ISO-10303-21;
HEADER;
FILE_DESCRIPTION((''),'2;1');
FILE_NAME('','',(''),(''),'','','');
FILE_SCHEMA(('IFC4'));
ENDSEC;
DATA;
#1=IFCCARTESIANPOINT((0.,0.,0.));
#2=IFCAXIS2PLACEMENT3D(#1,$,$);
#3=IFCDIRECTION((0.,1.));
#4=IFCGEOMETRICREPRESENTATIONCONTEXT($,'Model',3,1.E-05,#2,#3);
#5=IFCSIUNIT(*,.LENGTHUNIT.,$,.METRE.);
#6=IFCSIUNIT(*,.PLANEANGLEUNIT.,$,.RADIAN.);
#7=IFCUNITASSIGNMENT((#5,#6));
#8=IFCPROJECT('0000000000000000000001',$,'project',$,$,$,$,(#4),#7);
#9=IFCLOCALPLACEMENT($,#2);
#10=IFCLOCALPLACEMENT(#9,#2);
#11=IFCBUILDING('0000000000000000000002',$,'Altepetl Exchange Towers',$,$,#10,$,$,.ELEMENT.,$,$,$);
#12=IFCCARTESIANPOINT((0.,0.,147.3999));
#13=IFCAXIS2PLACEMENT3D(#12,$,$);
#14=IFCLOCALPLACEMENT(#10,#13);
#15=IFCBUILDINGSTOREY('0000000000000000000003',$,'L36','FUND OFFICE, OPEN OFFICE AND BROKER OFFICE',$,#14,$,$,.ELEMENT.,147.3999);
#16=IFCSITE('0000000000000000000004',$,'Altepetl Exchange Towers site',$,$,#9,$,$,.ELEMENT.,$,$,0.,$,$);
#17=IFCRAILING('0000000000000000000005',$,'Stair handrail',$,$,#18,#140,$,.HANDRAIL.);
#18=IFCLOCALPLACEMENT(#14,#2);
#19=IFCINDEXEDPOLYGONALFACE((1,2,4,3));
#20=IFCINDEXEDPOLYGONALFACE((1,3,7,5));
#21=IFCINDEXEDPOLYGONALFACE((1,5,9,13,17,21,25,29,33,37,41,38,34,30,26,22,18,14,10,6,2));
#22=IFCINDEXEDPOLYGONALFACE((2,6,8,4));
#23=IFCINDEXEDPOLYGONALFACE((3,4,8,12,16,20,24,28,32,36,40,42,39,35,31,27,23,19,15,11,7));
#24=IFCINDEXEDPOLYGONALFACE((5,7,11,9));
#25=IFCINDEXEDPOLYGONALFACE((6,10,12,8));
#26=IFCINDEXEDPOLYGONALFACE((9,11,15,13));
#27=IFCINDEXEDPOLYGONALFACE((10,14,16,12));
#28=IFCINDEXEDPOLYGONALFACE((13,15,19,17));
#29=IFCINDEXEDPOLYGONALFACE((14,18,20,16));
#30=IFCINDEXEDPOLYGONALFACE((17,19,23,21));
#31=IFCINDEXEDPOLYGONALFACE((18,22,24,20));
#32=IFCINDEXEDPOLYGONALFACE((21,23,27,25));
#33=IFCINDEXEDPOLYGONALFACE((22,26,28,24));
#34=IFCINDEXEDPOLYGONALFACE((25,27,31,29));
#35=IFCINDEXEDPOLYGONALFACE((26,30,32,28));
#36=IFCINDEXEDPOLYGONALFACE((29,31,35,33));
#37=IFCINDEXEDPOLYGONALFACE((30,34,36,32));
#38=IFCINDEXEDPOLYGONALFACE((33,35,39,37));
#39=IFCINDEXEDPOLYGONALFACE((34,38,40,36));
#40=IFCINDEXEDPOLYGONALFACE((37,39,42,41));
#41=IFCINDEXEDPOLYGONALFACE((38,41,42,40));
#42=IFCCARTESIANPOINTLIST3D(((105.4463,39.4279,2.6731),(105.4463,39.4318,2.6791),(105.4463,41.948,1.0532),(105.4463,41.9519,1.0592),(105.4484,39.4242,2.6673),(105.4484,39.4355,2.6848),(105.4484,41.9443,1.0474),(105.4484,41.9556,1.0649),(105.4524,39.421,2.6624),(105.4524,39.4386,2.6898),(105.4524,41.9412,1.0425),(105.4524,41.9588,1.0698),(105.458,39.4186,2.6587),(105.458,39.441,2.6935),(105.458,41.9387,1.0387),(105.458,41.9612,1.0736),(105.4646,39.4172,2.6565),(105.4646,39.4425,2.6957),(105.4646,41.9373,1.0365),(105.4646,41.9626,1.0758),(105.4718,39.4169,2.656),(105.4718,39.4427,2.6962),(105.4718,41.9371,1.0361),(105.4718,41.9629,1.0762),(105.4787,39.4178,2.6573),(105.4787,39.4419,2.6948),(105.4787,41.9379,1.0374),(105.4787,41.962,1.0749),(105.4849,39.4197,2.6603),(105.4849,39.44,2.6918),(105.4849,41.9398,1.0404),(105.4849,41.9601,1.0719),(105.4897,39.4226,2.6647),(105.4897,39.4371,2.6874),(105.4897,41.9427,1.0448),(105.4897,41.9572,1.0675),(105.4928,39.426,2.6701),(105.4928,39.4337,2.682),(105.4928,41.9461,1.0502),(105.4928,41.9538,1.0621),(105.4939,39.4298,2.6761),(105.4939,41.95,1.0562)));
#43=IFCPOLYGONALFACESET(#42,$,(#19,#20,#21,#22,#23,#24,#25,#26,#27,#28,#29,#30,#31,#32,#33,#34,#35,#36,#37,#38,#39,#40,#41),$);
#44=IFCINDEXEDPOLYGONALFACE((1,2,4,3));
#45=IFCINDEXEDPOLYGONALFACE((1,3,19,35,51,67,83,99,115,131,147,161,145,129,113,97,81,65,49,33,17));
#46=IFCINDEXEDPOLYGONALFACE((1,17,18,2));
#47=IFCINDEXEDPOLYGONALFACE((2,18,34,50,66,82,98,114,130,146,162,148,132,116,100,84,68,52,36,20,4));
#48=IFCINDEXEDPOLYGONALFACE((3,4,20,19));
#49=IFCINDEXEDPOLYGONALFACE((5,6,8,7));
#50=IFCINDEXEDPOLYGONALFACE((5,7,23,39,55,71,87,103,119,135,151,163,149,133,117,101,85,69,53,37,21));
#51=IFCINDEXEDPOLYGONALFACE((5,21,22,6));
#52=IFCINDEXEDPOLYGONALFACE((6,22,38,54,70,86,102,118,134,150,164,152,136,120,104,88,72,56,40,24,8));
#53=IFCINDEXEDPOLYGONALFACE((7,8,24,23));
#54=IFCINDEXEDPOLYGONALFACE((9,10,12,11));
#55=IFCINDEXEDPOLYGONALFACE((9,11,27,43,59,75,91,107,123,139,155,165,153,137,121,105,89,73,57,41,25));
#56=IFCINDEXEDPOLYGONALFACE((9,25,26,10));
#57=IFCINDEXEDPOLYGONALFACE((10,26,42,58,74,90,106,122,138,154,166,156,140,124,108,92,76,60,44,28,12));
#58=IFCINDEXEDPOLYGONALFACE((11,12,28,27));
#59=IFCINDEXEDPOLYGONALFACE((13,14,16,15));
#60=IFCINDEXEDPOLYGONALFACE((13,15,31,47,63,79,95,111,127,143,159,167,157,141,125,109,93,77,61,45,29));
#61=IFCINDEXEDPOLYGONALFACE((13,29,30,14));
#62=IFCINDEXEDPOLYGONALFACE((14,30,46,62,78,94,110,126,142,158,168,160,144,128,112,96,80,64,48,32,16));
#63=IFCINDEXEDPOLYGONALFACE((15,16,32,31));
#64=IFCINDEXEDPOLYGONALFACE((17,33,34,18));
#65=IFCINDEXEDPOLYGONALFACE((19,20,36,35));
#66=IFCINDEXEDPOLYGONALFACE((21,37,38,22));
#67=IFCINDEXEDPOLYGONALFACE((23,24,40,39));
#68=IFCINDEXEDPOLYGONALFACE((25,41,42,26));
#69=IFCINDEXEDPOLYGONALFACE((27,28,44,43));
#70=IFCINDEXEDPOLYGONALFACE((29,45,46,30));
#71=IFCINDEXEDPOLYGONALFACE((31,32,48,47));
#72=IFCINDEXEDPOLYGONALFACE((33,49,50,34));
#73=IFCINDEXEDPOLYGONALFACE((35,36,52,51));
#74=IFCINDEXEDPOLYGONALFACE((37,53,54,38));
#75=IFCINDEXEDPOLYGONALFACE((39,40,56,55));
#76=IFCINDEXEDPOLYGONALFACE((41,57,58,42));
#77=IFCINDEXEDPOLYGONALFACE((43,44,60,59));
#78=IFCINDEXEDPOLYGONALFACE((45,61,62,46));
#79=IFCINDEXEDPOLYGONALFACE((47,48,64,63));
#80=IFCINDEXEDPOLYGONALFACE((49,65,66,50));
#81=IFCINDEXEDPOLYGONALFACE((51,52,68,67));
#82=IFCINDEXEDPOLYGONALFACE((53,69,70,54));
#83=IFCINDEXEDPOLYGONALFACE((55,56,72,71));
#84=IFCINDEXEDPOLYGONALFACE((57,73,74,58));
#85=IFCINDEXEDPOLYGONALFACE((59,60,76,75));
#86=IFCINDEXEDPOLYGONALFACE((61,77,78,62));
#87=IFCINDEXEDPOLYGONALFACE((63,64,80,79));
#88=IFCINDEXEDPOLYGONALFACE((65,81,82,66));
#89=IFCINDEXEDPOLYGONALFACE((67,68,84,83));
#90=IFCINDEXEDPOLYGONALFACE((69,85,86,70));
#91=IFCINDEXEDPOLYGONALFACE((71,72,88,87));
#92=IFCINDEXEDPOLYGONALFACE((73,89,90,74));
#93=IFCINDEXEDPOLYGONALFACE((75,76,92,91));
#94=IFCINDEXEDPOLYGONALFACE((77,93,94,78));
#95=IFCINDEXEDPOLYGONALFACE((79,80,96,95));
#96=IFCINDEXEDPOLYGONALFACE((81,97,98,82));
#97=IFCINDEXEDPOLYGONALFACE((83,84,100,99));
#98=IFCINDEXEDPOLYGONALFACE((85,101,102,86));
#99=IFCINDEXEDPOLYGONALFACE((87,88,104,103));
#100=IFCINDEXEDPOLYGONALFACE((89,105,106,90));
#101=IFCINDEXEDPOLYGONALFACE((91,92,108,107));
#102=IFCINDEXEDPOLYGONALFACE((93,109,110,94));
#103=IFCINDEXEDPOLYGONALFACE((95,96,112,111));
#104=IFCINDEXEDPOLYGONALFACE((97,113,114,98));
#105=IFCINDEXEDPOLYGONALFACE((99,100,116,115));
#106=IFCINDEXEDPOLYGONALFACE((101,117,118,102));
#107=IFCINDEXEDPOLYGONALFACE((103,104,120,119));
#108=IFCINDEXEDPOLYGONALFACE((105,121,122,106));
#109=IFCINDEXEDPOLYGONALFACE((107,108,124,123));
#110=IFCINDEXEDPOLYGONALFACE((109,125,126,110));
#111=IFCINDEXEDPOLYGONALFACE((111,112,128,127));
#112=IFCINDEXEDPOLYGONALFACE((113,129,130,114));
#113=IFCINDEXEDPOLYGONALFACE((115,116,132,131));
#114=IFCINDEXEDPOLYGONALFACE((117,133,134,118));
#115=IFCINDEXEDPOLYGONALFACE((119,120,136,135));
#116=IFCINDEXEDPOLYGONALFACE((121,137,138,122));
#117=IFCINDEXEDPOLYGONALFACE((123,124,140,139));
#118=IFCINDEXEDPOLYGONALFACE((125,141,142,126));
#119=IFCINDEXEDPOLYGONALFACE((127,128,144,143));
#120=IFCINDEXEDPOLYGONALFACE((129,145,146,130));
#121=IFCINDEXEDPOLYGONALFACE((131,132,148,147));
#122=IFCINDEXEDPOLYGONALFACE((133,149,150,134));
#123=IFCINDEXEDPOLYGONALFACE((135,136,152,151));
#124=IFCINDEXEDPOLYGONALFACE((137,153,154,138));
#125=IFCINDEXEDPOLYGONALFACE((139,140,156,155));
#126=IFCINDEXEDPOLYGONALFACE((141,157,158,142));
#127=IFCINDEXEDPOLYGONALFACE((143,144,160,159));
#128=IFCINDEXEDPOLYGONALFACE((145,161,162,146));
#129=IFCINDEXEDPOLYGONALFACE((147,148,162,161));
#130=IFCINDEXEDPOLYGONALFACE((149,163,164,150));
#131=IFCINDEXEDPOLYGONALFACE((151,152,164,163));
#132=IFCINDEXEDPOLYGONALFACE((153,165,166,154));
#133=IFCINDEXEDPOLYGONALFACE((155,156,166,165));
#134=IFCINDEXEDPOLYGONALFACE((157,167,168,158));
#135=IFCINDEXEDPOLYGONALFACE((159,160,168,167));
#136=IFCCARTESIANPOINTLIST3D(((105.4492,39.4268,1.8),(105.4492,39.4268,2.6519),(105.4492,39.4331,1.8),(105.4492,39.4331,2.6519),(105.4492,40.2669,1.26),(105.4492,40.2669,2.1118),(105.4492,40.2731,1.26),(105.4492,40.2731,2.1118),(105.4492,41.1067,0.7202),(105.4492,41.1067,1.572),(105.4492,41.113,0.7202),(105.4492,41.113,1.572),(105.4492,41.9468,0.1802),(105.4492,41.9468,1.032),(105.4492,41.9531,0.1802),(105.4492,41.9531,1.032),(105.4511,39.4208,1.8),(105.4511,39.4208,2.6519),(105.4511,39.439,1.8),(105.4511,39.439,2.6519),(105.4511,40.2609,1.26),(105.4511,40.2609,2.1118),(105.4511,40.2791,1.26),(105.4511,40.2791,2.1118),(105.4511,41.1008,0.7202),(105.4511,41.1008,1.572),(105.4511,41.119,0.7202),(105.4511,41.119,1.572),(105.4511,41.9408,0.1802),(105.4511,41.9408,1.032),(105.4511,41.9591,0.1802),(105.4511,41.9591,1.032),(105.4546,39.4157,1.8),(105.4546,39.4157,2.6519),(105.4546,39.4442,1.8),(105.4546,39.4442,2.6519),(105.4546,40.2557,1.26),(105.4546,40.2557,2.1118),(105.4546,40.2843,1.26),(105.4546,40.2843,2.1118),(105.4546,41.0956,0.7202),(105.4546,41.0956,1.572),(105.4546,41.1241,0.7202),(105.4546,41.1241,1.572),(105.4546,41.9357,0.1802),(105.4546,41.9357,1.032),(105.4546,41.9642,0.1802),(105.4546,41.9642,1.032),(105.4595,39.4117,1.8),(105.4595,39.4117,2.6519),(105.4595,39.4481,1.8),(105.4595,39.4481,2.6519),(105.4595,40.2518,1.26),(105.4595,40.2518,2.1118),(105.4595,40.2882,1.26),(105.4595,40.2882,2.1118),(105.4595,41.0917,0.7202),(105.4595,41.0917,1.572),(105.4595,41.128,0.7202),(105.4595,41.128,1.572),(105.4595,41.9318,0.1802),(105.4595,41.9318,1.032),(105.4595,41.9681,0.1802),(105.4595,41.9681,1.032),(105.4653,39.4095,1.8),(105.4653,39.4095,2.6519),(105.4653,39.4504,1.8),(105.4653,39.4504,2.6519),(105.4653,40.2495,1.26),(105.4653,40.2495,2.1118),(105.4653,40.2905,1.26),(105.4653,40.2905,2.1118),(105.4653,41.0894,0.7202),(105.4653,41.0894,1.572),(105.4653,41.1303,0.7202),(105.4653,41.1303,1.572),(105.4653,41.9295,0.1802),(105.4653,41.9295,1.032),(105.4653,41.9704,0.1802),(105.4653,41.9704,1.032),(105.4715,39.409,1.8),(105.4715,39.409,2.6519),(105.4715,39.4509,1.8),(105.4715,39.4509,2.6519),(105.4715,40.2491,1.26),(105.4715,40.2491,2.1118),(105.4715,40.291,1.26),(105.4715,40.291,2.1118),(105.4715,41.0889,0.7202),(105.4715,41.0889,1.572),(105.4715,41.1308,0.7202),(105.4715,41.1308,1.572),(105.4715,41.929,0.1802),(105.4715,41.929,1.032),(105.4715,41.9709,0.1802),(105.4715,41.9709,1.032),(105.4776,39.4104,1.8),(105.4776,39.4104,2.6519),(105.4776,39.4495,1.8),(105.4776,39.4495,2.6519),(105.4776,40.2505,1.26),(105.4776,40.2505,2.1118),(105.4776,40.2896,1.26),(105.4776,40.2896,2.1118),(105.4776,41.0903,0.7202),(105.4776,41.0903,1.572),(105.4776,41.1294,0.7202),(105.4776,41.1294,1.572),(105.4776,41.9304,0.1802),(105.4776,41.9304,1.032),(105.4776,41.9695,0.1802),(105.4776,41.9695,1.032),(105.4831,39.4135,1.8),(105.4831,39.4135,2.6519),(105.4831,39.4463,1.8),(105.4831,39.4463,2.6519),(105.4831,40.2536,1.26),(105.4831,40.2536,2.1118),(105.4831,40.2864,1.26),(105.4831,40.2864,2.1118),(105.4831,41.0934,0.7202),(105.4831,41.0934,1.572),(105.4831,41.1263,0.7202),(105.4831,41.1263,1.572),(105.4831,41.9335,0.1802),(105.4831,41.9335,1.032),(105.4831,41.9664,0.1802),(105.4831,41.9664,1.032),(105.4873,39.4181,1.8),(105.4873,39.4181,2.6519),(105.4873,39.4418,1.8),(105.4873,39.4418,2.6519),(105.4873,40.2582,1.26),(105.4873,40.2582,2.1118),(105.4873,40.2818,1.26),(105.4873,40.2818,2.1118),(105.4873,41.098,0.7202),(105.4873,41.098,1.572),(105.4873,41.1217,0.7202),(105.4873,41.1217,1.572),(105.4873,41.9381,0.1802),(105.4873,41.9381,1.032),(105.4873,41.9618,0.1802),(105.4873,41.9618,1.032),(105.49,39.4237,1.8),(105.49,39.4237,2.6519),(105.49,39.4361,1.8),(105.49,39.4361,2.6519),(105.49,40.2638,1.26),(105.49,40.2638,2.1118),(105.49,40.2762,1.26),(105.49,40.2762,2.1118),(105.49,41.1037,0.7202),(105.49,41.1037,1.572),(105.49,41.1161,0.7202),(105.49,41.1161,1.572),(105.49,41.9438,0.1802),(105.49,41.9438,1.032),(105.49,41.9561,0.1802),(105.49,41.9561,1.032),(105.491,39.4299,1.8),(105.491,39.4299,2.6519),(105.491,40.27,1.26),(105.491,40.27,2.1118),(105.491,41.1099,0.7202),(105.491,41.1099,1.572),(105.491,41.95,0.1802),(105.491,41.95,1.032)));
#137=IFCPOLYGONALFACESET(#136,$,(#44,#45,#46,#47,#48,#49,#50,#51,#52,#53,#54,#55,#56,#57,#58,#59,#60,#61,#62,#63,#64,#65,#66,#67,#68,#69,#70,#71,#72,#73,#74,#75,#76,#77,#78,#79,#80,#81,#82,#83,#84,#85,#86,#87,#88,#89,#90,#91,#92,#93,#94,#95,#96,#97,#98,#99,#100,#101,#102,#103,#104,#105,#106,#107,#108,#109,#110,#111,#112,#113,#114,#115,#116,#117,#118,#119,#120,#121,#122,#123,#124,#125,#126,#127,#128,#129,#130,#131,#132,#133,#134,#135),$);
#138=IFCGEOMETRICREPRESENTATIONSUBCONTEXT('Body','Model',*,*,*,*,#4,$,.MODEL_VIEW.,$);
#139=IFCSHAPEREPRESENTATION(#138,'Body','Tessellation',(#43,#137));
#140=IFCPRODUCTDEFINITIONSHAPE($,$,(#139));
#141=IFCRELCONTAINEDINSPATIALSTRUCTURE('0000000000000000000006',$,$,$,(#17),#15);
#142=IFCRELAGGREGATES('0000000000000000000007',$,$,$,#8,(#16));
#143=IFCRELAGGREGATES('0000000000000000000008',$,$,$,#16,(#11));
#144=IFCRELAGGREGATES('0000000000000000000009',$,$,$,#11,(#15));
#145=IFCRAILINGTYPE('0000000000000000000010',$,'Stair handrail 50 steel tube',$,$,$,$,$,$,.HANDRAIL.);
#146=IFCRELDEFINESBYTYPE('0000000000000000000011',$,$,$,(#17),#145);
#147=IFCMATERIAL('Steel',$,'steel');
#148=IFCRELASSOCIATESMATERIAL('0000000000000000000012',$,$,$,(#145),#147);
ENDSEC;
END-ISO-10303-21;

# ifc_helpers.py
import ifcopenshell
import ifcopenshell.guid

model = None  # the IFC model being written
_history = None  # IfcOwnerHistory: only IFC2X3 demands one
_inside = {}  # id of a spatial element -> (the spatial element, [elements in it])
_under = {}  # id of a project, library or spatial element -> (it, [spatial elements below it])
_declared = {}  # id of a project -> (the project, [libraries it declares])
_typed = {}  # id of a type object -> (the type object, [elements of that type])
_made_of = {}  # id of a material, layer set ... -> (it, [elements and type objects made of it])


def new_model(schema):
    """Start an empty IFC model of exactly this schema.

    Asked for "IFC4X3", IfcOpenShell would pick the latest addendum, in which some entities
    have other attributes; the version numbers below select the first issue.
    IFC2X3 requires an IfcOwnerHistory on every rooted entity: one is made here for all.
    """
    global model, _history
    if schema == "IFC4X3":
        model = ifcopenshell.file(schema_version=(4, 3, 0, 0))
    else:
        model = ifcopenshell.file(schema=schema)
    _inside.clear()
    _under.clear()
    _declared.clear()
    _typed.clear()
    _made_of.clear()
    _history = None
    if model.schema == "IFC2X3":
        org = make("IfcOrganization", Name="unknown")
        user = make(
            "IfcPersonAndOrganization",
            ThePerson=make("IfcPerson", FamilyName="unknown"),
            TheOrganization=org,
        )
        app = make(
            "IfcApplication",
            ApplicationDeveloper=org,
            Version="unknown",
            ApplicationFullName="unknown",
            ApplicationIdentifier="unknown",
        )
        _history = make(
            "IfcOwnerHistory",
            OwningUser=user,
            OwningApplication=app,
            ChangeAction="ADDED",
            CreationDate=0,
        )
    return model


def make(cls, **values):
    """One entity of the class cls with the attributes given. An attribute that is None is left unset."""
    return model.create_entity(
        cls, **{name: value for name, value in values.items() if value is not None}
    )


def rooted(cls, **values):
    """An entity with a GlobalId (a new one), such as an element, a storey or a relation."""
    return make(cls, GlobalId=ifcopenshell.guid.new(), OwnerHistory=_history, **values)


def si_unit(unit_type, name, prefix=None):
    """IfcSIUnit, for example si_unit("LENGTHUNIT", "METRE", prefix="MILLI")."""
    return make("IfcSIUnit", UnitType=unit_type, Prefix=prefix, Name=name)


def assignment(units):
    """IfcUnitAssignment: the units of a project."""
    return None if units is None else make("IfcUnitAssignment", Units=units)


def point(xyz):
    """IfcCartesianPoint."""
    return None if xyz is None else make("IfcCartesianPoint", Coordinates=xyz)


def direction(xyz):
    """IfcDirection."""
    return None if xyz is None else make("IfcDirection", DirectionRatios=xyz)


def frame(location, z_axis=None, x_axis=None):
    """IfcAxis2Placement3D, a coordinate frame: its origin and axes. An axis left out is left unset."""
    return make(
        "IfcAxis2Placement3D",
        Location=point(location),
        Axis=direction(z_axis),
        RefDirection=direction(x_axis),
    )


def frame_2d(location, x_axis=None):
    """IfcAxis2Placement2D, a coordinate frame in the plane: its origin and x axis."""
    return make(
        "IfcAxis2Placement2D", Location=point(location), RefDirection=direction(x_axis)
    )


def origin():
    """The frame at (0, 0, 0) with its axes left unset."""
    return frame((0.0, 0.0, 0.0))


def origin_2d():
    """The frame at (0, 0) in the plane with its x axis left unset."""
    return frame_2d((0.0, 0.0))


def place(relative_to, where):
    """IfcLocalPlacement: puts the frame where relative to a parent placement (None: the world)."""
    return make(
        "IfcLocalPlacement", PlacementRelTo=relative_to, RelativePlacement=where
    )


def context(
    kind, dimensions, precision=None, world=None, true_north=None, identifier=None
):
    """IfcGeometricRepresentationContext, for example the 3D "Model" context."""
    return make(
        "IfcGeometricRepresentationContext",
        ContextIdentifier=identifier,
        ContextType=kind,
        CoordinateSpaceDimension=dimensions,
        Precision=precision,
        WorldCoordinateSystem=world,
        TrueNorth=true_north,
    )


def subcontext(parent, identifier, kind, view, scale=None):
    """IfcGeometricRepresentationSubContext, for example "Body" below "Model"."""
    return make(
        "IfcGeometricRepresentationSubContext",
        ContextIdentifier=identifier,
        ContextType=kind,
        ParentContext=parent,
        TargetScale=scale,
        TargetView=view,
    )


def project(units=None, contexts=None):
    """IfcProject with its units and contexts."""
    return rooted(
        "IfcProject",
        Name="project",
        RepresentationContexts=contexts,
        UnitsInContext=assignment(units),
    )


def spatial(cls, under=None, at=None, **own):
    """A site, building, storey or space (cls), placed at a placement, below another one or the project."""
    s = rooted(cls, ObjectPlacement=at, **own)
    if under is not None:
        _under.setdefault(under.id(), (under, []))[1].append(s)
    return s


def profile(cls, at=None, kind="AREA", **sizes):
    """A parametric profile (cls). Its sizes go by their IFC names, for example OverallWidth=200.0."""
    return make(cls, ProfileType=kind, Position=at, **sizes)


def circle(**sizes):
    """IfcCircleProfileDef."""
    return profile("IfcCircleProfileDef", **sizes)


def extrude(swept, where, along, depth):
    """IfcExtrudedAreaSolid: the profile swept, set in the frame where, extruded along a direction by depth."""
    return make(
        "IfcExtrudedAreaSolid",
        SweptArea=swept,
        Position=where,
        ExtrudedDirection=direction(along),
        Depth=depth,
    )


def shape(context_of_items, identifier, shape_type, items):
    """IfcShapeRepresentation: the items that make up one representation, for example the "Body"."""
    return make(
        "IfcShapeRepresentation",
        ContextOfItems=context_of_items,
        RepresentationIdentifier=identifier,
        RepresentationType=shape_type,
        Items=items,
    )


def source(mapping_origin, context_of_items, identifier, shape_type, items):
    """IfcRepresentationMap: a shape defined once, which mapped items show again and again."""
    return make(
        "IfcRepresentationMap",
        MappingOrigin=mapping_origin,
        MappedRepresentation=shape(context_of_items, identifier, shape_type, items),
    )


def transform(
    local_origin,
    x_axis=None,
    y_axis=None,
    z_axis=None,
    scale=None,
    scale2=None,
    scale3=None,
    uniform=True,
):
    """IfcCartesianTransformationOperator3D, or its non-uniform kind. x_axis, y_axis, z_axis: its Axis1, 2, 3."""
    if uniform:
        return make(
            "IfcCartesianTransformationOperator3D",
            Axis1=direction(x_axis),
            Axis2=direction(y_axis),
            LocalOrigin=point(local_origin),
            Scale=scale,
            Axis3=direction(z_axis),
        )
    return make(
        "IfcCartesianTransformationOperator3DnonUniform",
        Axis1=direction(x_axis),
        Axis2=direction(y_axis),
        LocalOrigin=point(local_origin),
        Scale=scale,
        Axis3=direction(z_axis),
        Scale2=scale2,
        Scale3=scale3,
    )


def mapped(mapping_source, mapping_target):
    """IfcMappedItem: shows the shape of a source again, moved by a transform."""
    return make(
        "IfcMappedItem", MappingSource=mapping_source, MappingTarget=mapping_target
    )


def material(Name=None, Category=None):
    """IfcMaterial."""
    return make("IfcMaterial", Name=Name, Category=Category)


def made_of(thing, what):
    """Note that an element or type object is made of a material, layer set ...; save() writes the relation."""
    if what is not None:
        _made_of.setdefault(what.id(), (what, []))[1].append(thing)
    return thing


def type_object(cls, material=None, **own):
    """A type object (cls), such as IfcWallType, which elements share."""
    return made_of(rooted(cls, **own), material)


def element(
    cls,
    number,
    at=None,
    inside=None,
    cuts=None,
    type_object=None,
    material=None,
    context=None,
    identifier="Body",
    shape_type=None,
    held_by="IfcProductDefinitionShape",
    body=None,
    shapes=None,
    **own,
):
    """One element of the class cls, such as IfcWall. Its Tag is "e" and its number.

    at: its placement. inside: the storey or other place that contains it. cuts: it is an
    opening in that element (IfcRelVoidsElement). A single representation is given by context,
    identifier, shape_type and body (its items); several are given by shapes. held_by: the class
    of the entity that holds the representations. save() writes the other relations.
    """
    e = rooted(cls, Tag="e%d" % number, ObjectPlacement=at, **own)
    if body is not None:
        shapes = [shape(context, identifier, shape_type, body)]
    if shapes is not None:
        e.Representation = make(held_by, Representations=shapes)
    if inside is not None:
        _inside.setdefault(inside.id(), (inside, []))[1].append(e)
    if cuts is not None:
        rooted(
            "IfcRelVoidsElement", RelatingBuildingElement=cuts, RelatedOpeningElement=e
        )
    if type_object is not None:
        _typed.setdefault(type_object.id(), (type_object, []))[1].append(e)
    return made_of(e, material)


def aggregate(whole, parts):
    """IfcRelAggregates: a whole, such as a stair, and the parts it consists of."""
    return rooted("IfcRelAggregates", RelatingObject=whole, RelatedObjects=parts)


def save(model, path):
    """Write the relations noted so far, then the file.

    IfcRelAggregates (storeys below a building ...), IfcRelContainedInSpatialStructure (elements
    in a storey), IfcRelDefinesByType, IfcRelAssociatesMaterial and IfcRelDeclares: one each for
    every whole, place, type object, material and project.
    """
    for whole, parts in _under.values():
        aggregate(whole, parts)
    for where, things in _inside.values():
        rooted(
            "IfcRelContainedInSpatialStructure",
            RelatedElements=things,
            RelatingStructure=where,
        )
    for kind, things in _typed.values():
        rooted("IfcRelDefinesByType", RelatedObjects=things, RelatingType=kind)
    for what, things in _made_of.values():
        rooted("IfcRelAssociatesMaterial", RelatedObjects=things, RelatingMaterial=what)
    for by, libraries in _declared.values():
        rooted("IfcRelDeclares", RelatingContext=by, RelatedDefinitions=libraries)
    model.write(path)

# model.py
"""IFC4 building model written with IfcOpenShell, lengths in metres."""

from ifc_helpers import new_model, si_unit, direction, frame, origin, origin_2d, place, context, subcontext, project, spatial, circle, extrude, source, transform, mapped, material, type_object, element, save


model = new_model("IFC4")

# Units and contexts
model_context = context("Model", 3, precision=1e-05, world=origin(), true_north=direction((0.0, 1.0)))
body_context = subcontext(model_context, "Body", "Model", "MODEL_VIEW")
ifc_project = project(units=[si_unit("LENGTHUNIT", "METRE"), si_unit("PLANEANGLEUNIT", "RADIAN")], contexts=[model_context])

# Site, building, storey
site_placement = place(None, origin())
site = spatial("IfcSite", under=ifc_project, at=site_placement, Name="Altepetl Exchange Towers site", CompositionType="ELEMENT", RefElevation=0.0)
building_placement = place(site_placement, origin())
building = spatial("IfcBuilding", under=site, at=building_placement, Name="Altepetl Exchange Towers", CompositionType="ELEMENT")
storey_placement = place(building_placement, frame((0.0, 0.0, 147.3999)))
storey = spatial("IfcBuildingStorey", under=building, at=storey_placement, Name="L36", Description="FUND OFFICE, OPEN OFFICE AND BROKER OFFICE", CompositionType="ELEMENT", Elevation=147.3999)

# Railing
ifc_material_1 = material(Name="Steel", Category="steel")
railing_type = type_object("IfcRailingType", Name="Stair handrail 50 steel tube", PredefinedType="HANDRAIL", material=ifc_material_1)
shared_shape = source(origin(), body_context, "Body", "SweptSolid", [
    extrude(circle(Radius=0.021, at=origin_2d()), origin(), (0.0, 0.0, 1.0), 0.8518),
])
railing_1_placement = place(storey_placement, frame((105.47, 41.95, 0.1802)))
element("IfcRailing", 1, at=railing_1_placement, inside=storey, type_object=railing_type, Name="Stair handrail", PredefinedType="HANDRAIL", context=body_context, shape_type="SweptSolid", body=[
    extrude(circle(Radius=0.0239, at=origin_2d()), frame((0.0, 0.0, 0.876), z_axis=(0.0, -0.8412, 0.540725), x_axis=(1.0, 0.0, 0.0)), (0.0, 0.0, 1.0), 2.9958),
    mapped(shared_shape, transform((0.0, 0.0, 0.0))),
    mapped(shared_shape, transform((0.0, -0.8401, 0.54))),
    mapped(shared_shape, transform((0.0, -1.6799, 1.0798))),
    mapped(shared_shape, transform((0.0, -2.52, 1.6199))),
])

save(model, "model.ifc")
